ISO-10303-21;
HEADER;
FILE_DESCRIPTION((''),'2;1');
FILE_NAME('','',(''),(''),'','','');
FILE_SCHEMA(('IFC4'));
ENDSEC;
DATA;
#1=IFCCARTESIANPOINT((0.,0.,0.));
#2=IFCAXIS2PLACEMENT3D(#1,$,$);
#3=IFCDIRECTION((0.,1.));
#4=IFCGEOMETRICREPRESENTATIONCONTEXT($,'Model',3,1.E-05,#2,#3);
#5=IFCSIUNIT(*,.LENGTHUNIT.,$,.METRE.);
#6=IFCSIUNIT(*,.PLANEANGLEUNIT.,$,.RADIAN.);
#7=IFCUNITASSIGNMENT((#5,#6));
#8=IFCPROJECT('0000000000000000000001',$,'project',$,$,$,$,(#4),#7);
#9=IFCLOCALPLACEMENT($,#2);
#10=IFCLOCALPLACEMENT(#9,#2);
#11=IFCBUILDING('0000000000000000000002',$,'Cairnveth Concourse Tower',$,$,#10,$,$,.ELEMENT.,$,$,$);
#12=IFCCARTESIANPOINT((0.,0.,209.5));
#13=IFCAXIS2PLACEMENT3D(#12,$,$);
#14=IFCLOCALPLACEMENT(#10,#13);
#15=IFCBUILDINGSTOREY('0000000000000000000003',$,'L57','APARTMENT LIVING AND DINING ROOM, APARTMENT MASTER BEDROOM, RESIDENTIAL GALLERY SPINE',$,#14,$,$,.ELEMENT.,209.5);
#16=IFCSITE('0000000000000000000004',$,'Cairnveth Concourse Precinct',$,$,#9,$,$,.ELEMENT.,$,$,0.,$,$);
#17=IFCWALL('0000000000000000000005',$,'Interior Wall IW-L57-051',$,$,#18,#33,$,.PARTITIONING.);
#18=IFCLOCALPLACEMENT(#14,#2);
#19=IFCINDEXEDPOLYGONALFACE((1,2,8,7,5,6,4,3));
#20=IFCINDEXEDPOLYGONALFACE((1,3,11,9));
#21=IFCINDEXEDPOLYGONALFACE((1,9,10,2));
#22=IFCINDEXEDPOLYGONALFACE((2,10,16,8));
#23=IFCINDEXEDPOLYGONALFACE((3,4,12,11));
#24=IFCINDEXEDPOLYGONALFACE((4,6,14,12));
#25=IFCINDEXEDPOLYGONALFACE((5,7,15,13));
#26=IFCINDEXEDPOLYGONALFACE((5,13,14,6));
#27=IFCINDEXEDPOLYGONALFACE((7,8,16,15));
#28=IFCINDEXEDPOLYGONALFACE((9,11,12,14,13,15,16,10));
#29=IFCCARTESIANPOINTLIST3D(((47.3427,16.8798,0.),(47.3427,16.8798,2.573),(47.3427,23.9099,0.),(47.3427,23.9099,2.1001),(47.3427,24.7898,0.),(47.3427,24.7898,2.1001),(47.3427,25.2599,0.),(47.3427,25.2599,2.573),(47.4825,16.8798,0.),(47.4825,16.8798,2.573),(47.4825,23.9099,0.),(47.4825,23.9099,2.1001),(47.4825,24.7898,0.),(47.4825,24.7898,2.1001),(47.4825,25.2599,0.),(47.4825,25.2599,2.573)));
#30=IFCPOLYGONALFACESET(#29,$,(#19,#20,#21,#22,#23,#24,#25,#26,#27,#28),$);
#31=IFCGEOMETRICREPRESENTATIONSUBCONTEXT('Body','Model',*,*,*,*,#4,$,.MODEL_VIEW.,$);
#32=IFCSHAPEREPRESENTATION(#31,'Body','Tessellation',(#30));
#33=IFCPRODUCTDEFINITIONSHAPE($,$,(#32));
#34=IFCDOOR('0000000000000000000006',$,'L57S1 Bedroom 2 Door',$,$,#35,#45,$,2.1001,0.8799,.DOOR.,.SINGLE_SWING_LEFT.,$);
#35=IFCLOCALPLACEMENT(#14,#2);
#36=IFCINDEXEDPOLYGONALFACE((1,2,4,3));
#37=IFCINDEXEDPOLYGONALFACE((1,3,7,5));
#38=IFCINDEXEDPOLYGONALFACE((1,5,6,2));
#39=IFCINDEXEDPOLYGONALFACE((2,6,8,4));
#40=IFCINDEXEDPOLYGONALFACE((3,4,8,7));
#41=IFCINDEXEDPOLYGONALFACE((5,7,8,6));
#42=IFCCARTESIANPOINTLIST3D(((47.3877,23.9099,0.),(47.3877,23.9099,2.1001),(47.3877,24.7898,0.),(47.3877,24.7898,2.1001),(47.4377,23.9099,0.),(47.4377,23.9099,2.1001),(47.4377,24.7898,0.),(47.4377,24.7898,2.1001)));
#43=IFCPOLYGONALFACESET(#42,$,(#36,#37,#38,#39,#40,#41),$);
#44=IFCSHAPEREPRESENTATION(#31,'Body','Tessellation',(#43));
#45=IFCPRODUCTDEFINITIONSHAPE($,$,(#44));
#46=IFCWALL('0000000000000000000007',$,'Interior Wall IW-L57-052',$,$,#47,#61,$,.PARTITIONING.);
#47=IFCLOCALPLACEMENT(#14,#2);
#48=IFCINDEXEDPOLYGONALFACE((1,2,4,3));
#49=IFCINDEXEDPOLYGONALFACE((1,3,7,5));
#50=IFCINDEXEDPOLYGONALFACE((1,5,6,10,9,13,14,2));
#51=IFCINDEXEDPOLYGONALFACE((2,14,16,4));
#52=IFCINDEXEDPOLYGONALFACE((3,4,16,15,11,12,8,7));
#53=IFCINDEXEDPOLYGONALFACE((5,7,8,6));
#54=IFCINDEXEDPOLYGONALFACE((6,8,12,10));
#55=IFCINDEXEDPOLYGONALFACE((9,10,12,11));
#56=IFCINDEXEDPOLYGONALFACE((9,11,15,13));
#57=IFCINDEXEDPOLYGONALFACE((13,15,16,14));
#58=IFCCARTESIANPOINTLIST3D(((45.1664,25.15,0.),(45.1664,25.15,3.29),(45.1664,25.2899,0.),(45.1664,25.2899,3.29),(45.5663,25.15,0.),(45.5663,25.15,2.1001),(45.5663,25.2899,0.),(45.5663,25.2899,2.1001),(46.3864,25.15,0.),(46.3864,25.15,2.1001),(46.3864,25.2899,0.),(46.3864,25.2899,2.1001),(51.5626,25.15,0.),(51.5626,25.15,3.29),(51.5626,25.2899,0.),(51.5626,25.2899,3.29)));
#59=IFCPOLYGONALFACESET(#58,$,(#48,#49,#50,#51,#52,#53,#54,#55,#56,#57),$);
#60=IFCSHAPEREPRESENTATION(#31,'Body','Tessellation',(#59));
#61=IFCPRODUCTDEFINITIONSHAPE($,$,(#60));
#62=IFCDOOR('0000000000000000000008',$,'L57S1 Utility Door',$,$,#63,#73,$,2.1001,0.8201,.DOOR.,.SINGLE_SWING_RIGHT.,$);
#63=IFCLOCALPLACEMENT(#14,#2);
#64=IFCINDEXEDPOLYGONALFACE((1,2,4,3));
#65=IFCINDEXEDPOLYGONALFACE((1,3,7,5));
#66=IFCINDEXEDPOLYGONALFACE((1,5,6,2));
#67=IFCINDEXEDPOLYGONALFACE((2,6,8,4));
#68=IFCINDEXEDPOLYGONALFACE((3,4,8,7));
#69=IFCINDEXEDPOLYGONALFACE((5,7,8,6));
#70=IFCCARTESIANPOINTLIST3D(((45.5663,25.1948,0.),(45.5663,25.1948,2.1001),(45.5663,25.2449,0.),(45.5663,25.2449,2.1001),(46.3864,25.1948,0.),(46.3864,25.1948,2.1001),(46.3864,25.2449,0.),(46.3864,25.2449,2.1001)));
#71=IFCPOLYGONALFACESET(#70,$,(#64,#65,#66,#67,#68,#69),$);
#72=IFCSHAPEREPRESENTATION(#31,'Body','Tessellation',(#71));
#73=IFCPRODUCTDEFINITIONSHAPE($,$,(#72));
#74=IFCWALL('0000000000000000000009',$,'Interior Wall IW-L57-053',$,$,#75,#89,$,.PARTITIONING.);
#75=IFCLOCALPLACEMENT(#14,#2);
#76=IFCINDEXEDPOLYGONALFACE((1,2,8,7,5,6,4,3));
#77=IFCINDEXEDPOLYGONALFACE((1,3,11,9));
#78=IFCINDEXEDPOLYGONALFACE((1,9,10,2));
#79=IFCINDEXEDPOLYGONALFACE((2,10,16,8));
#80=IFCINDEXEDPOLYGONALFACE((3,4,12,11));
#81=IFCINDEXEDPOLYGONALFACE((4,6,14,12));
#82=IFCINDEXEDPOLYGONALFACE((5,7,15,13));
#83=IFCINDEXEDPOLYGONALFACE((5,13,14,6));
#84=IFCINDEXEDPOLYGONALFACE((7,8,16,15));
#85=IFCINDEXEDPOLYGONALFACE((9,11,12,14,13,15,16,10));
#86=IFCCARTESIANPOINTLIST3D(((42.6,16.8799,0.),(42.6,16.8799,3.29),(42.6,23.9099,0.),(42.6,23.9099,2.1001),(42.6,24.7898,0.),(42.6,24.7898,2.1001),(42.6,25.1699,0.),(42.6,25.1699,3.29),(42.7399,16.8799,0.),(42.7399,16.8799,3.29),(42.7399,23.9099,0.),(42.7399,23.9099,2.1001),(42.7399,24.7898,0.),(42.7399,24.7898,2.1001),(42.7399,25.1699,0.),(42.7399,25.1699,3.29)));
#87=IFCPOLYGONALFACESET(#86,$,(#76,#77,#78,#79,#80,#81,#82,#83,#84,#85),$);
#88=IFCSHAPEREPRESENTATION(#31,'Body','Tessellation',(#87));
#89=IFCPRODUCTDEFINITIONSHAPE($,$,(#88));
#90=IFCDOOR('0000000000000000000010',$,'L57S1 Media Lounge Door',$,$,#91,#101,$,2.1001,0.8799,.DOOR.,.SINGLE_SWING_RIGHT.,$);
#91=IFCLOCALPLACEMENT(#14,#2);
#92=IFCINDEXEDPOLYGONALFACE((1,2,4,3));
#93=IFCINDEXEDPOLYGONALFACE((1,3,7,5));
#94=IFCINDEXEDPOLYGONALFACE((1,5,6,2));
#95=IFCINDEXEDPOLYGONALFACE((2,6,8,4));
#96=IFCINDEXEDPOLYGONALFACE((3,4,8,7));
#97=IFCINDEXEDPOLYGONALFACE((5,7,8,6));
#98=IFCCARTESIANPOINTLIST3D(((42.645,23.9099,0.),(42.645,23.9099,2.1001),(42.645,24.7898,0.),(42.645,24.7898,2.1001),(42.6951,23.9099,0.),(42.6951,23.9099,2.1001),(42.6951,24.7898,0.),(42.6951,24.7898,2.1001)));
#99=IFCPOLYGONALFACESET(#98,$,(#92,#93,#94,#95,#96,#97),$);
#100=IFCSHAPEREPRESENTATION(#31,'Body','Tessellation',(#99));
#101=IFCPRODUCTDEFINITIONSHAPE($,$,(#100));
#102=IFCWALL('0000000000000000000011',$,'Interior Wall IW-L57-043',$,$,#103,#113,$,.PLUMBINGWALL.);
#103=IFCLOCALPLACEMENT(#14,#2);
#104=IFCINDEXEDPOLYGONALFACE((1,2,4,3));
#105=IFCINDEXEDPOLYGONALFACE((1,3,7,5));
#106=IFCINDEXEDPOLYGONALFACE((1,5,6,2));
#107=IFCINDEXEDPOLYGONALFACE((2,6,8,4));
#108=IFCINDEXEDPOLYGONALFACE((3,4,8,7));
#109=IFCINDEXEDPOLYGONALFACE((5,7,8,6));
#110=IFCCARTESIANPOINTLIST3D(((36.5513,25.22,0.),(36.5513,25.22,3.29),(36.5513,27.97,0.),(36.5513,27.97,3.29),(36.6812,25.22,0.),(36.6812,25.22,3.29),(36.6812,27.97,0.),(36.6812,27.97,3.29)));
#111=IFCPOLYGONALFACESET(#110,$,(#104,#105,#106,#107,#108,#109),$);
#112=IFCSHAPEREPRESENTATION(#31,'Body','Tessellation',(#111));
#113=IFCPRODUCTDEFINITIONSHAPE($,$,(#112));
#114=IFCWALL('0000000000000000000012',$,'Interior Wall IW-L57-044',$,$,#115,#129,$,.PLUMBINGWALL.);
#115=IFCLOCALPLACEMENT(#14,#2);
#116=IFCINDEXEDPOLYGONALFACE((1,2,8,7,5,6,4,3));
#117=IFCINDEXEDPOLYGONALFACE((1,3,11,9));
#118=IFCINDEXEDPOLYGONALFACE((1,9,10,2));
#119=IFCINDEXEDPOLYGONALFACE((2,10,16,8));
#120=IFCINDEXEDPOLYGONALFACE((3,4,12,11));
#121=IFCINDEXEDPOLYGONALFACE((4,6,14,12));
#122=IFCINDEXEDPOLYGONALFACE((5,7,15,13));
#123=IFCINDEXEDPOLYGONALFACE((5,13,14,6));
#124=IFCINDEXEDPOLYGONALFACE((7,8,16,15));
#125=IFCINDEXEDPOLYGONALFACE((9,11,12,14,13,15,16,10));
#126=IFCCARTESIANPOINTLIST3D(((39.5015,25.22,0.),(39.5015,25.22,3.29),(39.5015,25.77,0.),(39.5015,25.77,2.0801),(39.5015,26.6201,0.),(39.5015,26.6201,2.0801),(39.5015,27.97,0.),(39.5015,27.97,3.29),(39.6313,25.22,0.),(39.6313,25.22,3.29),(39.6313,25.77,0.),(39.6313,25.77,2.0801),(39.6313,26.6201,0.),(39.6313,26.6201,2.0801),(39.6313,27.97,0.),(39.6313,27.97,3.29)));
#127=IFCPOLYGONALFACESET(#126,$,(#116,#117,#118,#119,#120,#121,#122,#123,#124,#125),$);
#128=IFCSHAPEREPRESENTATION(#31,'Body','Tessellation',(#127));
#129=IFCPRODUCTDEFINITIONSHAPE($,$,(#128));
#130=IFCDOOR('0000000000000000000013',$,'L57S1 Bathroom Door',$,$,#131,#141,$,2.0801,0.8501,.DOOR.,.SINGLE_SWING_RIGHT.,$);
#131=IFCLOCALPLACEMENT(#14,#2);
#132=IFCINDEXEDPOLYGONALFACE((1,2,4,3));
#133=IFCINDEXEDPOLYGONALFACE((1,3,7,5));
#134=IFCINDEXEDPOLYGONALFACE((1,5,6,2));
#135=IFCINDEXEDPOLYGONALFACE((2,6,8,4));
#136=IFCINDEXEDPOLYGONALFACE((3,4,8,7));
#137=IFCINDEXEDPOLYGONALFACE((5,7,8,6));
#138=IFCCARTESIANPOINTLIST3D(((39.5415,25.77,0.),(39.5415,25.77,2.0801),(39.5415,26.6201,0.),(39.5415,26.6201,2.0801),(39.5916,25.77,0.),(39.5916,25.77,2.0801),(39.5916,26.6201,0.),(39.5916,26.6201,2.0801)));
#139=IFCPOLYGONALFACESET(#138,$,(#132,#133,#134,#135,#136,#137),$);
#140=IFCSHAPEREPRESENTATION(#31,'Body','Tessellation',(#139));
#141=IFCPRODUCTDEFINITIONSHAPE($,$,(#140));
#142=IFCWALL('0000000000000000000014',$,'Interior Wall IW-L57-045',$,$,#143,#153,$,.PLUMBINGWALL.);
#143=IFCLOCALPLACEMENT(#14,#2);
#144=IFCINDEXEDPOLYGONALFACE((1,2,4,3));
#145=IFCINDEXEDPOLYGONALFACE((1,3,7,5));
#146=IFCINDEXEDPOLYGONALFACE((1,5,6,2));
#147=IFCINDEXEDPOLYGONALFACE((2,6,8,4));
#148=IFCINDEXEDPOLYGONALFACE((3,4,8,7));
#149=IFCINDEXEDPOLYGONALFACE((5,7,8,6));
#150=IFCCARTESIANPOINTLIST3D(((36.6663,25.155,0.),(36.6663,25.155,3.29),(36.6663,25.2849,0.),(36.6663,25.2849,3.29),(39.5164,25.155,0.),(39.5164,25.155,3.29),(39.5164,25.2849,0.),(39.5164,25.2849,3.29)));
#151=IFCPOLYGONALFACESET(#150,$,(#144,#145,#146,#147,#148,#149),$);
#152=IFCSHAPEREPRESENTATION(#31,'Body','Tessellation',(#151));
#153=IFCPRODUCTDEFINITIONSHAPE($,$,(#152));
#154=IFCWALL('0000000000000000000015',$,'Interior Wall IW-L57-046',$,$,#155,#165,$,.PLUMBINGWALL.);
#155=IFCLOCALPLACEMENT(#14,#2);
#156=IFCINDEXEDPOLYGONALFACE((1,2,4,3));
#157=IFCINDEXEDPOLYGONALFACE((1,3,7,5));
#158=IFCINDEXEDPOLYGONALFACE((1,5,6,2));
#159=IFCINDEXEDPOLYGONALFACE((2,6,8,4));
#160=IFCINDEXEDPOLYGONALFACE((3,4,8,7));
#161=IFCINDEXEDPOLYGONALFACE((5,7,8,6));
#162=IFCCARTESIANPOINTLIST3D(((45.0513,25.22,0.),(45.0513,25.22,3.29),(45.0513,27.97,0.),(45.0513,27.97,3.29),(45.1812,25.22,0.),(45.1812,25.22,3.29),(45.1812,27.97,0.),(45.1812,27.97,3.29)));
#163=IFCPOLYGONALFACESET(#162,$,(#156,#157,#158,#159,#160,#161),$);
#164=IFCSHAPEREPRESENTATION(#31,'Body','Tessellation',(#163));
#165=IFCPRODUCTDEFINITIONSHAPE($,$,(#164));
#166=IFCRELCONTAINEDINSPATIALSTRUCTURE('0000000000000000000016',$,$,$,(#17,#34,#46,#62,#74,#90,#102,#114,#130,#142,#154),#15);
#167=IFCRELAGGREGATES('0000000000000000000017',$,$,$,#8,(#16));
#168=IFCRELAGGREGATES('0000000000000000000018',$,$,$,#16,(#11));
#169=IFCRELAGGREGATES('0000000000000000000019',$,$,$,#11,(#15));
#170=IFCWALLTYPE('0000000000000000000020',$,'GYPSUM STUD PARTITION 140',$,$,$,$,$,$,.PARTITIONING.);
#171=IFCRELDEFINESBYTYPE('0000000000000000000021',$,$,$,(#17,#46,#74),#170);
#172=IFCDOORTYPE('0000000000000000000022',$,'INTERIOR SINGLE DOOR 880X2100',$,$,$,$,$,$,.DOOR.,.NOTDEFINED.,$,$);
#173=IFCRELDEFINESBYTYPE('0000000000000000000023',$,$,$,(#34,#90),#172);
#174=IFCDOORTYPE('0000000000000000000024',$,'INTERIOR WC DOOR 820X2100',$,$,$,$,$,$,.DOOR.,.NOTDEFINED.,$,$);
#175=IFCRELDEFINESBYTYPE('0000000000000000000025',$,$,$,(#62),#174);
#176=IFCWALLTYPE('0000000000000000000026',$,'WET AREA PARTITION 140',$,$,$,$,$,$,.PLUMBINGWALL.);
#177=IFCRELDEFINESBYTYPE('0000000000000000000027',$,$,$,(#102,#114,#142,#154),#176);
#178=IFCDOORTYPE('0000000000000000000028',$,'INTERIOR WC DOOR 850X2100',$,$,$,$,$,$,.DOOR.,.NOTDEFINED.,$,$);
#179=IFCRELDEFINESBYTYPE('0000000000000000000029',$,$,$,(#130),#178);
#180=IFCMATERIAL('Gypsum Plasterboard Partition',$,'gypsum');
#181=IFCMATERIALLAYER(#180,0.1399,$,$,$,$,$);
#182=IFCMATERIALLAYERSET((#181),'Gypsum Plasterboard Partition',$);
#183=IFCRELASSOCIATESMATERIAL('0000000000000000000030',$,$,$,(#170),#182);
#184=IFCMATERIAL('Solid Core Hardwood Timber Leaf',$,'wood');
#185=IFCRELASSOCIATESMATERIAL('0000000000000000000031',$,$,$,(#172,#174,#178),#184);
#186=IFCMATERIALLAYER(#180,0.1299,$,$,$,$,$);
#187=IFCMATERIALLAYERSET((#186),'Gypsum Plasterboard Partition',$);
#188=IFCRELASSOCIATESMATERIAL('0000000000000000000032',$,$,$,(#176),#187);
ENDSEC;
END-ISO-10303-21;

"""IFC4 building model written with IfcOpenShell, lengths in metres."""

from ifc_helpers import new_model, si_unit, direction, frame, frame_2d, origin, place, context, subcontext, project, spatial, rectangle, extrude, material, layer, layer_set, type_object, element, fill, save


model = new_model("IFC4")

# Units and contexts
model_context = context("Model", 3, precision=1e-05, world=origin(), true_north=direction((0.0, 1.0)))
body_context = subcontext(model_context, "Body", "Model", "MODEL_VIEW")
ifc_project = project(units=[si_unit("LENGTHUNIT", "METRE"), si_unit("PLANEANGLEUNIT", "RADIAN")], contexts=[model_context])

# Site, building, storey
site_placement = place(None, origin())
site = spatial("IfcSite", under=ifc_project, at=site_placement, Name="Cairnveth Concourse Precinct", CompositionType="ELEMENT", RefElevation=0.0)
building_placement = place(site_placement, origin())
building = spatial("IfcBuilding", under=site, at=building_placement, Name="Cairnveth Concourse Tower", CompositionType="ELEMENT")
storey_placement = place(building_placement, frame((0.0, 0.0, 209.5)))
storey = spatial("IfcBuildingStorey", under=building, at=storey_placement, Name="L57", Description="APARTMENT LIVING AND DINING ROOM, APARTMENT MASTER BEDROOM, RESIDENTIAL GALLERY SPINE", CompositionType="ELEMENT", Elevation=209.5)

# Walls, openings, doors
ifc_material_1 = material(Name="Gypsum Plasterboard Partition", Category="gypsum")
ifc_layer_1 = layer(ifc_material_1, 0.1399)
ifc_layer_set_1 = layer_set([ifc_layer_1], Name="Gypsum Plasterboard Partition")
wall_type_1 = type_object("IfcWallType", Name="GYPSUM STUD PARTITION 140", PredefinedType="PARTITIONING", material=ifc_layer_set_1)
ifc_material_2 = material(Name="Solid Core Hardwood Timber Leaf", Category="wood")
door_type_1 = type_object("IfcDoorType", Name="INTERIOR SINGLE DOOR 880X2100", OperationType="NOTDEFINED", PredefinedType="DOOR", material=ifc_material_2)
wall_1_placement = place(storey_placement, frame((47.4126, 16.8799, 0.0), z_axis=(0.0, 0.0, 1.0), x_axis=(0.0, 1.0, 0.0)))
wall_1 = element("IfcWall", 1, at=wall_1_placement, inside=storey, type_object=wall_type_1, Name="Interior Wall IW-L57-051", PredefinedType="PARTITIONING", context=body_context, shape_type="SweptSolid", body=[
    extrude(rectangle(XDim=8.3801, YDim=0.1399, at=frame_2d((4.1899, 0.0))), origin(), (0.0, 0.0, 1.0), 2.573),
])
opening_1_placement = place(wall_1_placement, frame((7.03, 0.0, 0.0)))
opening_1 = element("IfcOpeningElement", 2, at=opening_1_placement, cuts=wall_1, PredefinedType="OPENING", context=body_context, shape_type="SweptSolid", body=[
    extrude(rectangle(XDim=0.8799, YDim=2.1001, at=frame_2d((0.4399, 1.05))), frame((0.0, 0.0798, 0.0), z_axis=(0.0, -1.0, 0.0), x_axis=(1.0, 0.0, 0.0)), (0.0, 0.0, 1.0), 0.1599),
])
door_1_placement = place(opening_1_placement, origin())
door_1 = element("IfcDoor", 3, at=door_1_placement, inside=storey, type_object=door_type_1, Name="L57S1 Bedroom 2 Door", OperationType="SINGLE_SWING_LEFT", OverallHeight=2.1001, OverallWidth=0.8799, PredefinedType="DOOR", context=body_context, shape_type="SweptSolid", body=[
    extrude(rectangle(XDim=0.8799, YDim=2.1001, at=frame_2d((0.4399, 1.05))), frame((0.0, 0.0249, 0.0), z_axis=(0.0, -1.0, 0.0), x_axis=(1.0, 0.0, 0.0)), (0.0, 0.0, 1.0), 0.05),
])
fill(opening_1, door_1)
wall_2_placement = place(storey_placement, frame((45.1663, 25.22, 0.0), z_axis=(0.0, 0.0, 1.0), x_axis=(1.0, 0.0, 0.0)))
wall_2 = element("IfcWall", 4, at=wall_2_placement, inside=storey, type_object=wall_type_1, Name="Interior Wall IW-L57-052", PredefinedType="PARTITIONING", context=body_context, shape_type="SweptSolid", body=[
    extrude(rectangle(XDim=6.3962, YDim=0.1399, at=frame_2d((3.1982, 0.0))), origin(), (0.0, 0.0, 1.0), 3.29),
])
opening_2_placement = place(wall_2_placement, frame((0.3999, 0.0, 0.0)))
opening_2 = element("IfcOpeningElement", 5, at=opening_2_placement, cuts=wall_2, PredefinedType="OPENING", context=body_context, shape_type="SweptSolid", body=[
    extrude(rectangle(XDim=0.8201, YDim=2.1001, at=frame_2d((0.4102, 1.05))), frame((0.0, 0.0798, 0.0), z_axis=(0.0, -1.0, 0.0), x_axis=(1.0, 0.0, 0.0)), (0.0, 0.0, 1.0), 0.1599),
])
door_type_2 = type_object("IfcDoorType", Name="INTERIOR WC DOOR 820X2100", OperationType="NOTDEFINED", PredefinedType="DOOR", material=ifc_material_2)
door_2_placement = place(opening_2_placement, origin())
door_2 = element("IfcDoor", 6, at=door_2_placement, inside=storey, type_object=door_type_2, Name="L57S1 Utility Door", OperationType="SINGLE_SWING_RIGHT", OverallHeight=2.1001, OverallWidth=0.8201, PredefinedType="DOOR", context=body_context, shape_type="SweptSolid", body=[
    extrude(rectangle(XDim=0.8201, YDim=2.1001, at=frame_2d((0.4102, 1.05))), frame((0.0, 0.0249, 0.0), z_axis=(0.0, -1.0, 0.0), x_axis=(1.0, 0.0, 0.0)), (0.0, 0.0, 1.0), 0.05),
])
fill(opening_2, door_2)
wall_3_placement = place(storey_placement, frame((42.6699, 16.8799, 0.0), z_axis=(0.0, 0.0, 1.0), x_axis=(0.0, 1.0, 0.0)))
wall_3 = element("IfcWall", 7, at=wall_3_placement, inside=storey, type_object=wall_type_1, Name="Interior Wall IW-L57-053", PredefinedType="PARTITIONING", context=body_context, shape_type="SweptSolid", body=[
    extrude(rectangle(XDim=8.29, YDim=0.1399, at=frame_2d((4.145, 0.0))), origin(), (0.0, 0.0, 1.0), 3.29),
])
opening_3_placement = place(wall_3_placement, frame((7.03, 0.0, 0.0)))
opening_3 = element("IfcOpeningElement", 8, at=opening_3_placement, cuts=wall_3, PredefinedType="OPENING", context=body_context, shape_type="SweptSolid", body=[
    extrude(rectangle(XDim=0.8799, YDim=2.1001, at=frame_2d((0.4399, 1.05))), frame((0.0, 0.0798, 0.0), z_axis=(0.0, -1.0, 0.0), x_axis=(1.0, 0.0, 0.0)), (0.0, 0.0, 1.0), 0.1599),
])
door_3_placement = place(opening_3_placement, origin())
door_3 = element("IfcDoor", 9, at=door_3_placement, inside=storey, type_object=door_type_1, Name="L57S1 Media Lounge Door", OperationType="SINGLE_SWING_RIGHT", OverallHeight=2.1001, OverallWidth=0.8799, PredefinedType="DOOR", context=body_context, shape_type="SweptSolid", body=[
    extrude(rectangle(XDim=0.8799, YDim=2.1001, at=frame_2d((0.4399, 1.05))), frame((0.0, 0.0249, 0.0), z_axis=(0.0, -1.0, 0.0), x_axis=(1.0, 0.0, 0.0)), (0.0, 0.0, 1.0), 0.05),
])
fill(opening_3, door_3)

# Wall
ifc_layer_2 = layer(ifc_material_1, 0.1299)
ifc_layer_set_2 = layer_set([ifc_layer_2], Name="Gypsum Plasterboard Partition")
wall_type_2 = type_object("IfcWallType", Name="WET AREA PARTITION 140", PredefinedType="PLUMBINGWALL", material=ifc_layer_set_2)
wall_4_placement = place(storey_placement, frame((36.6162, 25.22, 0.0), z_axis=(0.0, 0.0, 1.0), x_axis=(0.0, 1.0, 0.0)))
element("IfcWall", 10, at=wall_4_placement, inside=storey, type_object=wall_type_2, Name="Interior Wall IW-L57-043", PredefinedType="PLUMBINGWALL", context=body_context, shape_type="SweptSolid", body=[
    extrude(rectangle(XDim=2.75, YDim=0.1299, at=frame_2d((1.375, 0.0))), origin(), (0.0, 0.0, 1.0), 3.29),
])

# Wall, opening, door
wall_5_placement = place(storey_placement, frame((39.5664, 25.22, 0.0), z_axis=(0.0, 0.0, 1.0), x_axis=(0.0, 1.0, 0.0)))
wall_5 = element("IfcWall", 11, at=wall_5_placement, inside=storey, type_object=wall_type_2, Name="Interior Wall IW-L57-044", PredefinedType="PLUMBINGWALL", context=body_context, shape_type="SweptSolid", body=[
    extrude(rectangle(XDim=2.75, YDim=0.1299, at=frame_2d((1.375, 0.0))), origin(), (0.0, 0.0, 1.0), 3.29),
])
opening_4_placement = place(wall_5_placement, frame((0.55, 0.0, 0.0)))
opening_4 = element("IfcOpeningElement", 12, at=opening_4_placement, cuts=wall_5, PredefinedType="OPENING", context=body_context, shape_type="SweptSolid", body=[
    extrude(rectangle(XDim=0.8501, YDim=2.0801, at=frame_2d((0.425, 1.04))), frame((0.0, 0.075, 0.0), z_axis=(0.0, -1.0, 0.0), x_axis=(1.0, 0.0, 0.0)), (0.0, 0.0, 1.0), 0.1499),
])
door_type_3 = type_object("IfcDoorType", Name="INTERIOR WC DOOR 850X2100", OperationType="NOTDEFINED", PredefinedType="DOOR", material=ifc_material_2)
door_4_placement = place(opening_4_placement, origin())
door_4 = element("IfcDoor", 13, at=door_4_placement, inside=storey, type_object=door_type_3, Name="L57S1 Bathroom Door", OperationType="SINGLE_SWING_RIGHT", OverallHeight=2.0801, OverallWidth=0.8501, PredefinedType="DOOR", context=body_context, shape_type="SweptSolid", body=[
    extrude(rectangle(XDim=0.8501, YDim=2.0801, at=frame_2d((0.425, 1.04))), frame((0.0, 0.0249, 0.0), z_axis=(0.0, -1.0, 0.0), x_axis=(1.0, 0.0, 0.0)), (0.0, 0.0, 1.0), 0.05),
])
fill(opening_4, door_4)

# Walls
wall_6_placement = place(storey_placement, frame((36.6663, 25.22, 0.0), z_axis=(0.0, 0.0, 1.0), x_axis=(1.0, 0.0, 0.0)))
element("IfcWall", 14, at=wall_6_placement, inside=storey, type_object=wall_type_2, Name="Interior Wall IW-L57-045", PredefinedType="PLUMBINGWALL", context=body_context, shape_type="SweptSolid", body=[
    extrude(rectangle(XDim=2.8501, YDim=0.1299, at=frame_2d((1.425, 0.0))), origin(), (0.0, 0.0, 1.0), 3.29),
])
wall_7_placement = place(storey_placement, frame((45.1162, 25.22, 0.0), z_axis=(0.0, 0.0, 1.0), x_axis=(0.0, 1.0, 0.0)))
element("IfcWall", 15, at=wall_7_placement, inside=storey, type_object=wall_type_2, Name="Interior Wall IW-L57-046", PredefinedType="PLUMBINGWALL", context=body_context, shape_type="SweptSolid", body=[
    extrude(rectangle(XDim=2.75, YDim=0.1299, at=frame_2d((1.375, 0.0))), origin(), (0.0, 0.0, 1.0), 3.29),
])

save(model, "model.ifc")
